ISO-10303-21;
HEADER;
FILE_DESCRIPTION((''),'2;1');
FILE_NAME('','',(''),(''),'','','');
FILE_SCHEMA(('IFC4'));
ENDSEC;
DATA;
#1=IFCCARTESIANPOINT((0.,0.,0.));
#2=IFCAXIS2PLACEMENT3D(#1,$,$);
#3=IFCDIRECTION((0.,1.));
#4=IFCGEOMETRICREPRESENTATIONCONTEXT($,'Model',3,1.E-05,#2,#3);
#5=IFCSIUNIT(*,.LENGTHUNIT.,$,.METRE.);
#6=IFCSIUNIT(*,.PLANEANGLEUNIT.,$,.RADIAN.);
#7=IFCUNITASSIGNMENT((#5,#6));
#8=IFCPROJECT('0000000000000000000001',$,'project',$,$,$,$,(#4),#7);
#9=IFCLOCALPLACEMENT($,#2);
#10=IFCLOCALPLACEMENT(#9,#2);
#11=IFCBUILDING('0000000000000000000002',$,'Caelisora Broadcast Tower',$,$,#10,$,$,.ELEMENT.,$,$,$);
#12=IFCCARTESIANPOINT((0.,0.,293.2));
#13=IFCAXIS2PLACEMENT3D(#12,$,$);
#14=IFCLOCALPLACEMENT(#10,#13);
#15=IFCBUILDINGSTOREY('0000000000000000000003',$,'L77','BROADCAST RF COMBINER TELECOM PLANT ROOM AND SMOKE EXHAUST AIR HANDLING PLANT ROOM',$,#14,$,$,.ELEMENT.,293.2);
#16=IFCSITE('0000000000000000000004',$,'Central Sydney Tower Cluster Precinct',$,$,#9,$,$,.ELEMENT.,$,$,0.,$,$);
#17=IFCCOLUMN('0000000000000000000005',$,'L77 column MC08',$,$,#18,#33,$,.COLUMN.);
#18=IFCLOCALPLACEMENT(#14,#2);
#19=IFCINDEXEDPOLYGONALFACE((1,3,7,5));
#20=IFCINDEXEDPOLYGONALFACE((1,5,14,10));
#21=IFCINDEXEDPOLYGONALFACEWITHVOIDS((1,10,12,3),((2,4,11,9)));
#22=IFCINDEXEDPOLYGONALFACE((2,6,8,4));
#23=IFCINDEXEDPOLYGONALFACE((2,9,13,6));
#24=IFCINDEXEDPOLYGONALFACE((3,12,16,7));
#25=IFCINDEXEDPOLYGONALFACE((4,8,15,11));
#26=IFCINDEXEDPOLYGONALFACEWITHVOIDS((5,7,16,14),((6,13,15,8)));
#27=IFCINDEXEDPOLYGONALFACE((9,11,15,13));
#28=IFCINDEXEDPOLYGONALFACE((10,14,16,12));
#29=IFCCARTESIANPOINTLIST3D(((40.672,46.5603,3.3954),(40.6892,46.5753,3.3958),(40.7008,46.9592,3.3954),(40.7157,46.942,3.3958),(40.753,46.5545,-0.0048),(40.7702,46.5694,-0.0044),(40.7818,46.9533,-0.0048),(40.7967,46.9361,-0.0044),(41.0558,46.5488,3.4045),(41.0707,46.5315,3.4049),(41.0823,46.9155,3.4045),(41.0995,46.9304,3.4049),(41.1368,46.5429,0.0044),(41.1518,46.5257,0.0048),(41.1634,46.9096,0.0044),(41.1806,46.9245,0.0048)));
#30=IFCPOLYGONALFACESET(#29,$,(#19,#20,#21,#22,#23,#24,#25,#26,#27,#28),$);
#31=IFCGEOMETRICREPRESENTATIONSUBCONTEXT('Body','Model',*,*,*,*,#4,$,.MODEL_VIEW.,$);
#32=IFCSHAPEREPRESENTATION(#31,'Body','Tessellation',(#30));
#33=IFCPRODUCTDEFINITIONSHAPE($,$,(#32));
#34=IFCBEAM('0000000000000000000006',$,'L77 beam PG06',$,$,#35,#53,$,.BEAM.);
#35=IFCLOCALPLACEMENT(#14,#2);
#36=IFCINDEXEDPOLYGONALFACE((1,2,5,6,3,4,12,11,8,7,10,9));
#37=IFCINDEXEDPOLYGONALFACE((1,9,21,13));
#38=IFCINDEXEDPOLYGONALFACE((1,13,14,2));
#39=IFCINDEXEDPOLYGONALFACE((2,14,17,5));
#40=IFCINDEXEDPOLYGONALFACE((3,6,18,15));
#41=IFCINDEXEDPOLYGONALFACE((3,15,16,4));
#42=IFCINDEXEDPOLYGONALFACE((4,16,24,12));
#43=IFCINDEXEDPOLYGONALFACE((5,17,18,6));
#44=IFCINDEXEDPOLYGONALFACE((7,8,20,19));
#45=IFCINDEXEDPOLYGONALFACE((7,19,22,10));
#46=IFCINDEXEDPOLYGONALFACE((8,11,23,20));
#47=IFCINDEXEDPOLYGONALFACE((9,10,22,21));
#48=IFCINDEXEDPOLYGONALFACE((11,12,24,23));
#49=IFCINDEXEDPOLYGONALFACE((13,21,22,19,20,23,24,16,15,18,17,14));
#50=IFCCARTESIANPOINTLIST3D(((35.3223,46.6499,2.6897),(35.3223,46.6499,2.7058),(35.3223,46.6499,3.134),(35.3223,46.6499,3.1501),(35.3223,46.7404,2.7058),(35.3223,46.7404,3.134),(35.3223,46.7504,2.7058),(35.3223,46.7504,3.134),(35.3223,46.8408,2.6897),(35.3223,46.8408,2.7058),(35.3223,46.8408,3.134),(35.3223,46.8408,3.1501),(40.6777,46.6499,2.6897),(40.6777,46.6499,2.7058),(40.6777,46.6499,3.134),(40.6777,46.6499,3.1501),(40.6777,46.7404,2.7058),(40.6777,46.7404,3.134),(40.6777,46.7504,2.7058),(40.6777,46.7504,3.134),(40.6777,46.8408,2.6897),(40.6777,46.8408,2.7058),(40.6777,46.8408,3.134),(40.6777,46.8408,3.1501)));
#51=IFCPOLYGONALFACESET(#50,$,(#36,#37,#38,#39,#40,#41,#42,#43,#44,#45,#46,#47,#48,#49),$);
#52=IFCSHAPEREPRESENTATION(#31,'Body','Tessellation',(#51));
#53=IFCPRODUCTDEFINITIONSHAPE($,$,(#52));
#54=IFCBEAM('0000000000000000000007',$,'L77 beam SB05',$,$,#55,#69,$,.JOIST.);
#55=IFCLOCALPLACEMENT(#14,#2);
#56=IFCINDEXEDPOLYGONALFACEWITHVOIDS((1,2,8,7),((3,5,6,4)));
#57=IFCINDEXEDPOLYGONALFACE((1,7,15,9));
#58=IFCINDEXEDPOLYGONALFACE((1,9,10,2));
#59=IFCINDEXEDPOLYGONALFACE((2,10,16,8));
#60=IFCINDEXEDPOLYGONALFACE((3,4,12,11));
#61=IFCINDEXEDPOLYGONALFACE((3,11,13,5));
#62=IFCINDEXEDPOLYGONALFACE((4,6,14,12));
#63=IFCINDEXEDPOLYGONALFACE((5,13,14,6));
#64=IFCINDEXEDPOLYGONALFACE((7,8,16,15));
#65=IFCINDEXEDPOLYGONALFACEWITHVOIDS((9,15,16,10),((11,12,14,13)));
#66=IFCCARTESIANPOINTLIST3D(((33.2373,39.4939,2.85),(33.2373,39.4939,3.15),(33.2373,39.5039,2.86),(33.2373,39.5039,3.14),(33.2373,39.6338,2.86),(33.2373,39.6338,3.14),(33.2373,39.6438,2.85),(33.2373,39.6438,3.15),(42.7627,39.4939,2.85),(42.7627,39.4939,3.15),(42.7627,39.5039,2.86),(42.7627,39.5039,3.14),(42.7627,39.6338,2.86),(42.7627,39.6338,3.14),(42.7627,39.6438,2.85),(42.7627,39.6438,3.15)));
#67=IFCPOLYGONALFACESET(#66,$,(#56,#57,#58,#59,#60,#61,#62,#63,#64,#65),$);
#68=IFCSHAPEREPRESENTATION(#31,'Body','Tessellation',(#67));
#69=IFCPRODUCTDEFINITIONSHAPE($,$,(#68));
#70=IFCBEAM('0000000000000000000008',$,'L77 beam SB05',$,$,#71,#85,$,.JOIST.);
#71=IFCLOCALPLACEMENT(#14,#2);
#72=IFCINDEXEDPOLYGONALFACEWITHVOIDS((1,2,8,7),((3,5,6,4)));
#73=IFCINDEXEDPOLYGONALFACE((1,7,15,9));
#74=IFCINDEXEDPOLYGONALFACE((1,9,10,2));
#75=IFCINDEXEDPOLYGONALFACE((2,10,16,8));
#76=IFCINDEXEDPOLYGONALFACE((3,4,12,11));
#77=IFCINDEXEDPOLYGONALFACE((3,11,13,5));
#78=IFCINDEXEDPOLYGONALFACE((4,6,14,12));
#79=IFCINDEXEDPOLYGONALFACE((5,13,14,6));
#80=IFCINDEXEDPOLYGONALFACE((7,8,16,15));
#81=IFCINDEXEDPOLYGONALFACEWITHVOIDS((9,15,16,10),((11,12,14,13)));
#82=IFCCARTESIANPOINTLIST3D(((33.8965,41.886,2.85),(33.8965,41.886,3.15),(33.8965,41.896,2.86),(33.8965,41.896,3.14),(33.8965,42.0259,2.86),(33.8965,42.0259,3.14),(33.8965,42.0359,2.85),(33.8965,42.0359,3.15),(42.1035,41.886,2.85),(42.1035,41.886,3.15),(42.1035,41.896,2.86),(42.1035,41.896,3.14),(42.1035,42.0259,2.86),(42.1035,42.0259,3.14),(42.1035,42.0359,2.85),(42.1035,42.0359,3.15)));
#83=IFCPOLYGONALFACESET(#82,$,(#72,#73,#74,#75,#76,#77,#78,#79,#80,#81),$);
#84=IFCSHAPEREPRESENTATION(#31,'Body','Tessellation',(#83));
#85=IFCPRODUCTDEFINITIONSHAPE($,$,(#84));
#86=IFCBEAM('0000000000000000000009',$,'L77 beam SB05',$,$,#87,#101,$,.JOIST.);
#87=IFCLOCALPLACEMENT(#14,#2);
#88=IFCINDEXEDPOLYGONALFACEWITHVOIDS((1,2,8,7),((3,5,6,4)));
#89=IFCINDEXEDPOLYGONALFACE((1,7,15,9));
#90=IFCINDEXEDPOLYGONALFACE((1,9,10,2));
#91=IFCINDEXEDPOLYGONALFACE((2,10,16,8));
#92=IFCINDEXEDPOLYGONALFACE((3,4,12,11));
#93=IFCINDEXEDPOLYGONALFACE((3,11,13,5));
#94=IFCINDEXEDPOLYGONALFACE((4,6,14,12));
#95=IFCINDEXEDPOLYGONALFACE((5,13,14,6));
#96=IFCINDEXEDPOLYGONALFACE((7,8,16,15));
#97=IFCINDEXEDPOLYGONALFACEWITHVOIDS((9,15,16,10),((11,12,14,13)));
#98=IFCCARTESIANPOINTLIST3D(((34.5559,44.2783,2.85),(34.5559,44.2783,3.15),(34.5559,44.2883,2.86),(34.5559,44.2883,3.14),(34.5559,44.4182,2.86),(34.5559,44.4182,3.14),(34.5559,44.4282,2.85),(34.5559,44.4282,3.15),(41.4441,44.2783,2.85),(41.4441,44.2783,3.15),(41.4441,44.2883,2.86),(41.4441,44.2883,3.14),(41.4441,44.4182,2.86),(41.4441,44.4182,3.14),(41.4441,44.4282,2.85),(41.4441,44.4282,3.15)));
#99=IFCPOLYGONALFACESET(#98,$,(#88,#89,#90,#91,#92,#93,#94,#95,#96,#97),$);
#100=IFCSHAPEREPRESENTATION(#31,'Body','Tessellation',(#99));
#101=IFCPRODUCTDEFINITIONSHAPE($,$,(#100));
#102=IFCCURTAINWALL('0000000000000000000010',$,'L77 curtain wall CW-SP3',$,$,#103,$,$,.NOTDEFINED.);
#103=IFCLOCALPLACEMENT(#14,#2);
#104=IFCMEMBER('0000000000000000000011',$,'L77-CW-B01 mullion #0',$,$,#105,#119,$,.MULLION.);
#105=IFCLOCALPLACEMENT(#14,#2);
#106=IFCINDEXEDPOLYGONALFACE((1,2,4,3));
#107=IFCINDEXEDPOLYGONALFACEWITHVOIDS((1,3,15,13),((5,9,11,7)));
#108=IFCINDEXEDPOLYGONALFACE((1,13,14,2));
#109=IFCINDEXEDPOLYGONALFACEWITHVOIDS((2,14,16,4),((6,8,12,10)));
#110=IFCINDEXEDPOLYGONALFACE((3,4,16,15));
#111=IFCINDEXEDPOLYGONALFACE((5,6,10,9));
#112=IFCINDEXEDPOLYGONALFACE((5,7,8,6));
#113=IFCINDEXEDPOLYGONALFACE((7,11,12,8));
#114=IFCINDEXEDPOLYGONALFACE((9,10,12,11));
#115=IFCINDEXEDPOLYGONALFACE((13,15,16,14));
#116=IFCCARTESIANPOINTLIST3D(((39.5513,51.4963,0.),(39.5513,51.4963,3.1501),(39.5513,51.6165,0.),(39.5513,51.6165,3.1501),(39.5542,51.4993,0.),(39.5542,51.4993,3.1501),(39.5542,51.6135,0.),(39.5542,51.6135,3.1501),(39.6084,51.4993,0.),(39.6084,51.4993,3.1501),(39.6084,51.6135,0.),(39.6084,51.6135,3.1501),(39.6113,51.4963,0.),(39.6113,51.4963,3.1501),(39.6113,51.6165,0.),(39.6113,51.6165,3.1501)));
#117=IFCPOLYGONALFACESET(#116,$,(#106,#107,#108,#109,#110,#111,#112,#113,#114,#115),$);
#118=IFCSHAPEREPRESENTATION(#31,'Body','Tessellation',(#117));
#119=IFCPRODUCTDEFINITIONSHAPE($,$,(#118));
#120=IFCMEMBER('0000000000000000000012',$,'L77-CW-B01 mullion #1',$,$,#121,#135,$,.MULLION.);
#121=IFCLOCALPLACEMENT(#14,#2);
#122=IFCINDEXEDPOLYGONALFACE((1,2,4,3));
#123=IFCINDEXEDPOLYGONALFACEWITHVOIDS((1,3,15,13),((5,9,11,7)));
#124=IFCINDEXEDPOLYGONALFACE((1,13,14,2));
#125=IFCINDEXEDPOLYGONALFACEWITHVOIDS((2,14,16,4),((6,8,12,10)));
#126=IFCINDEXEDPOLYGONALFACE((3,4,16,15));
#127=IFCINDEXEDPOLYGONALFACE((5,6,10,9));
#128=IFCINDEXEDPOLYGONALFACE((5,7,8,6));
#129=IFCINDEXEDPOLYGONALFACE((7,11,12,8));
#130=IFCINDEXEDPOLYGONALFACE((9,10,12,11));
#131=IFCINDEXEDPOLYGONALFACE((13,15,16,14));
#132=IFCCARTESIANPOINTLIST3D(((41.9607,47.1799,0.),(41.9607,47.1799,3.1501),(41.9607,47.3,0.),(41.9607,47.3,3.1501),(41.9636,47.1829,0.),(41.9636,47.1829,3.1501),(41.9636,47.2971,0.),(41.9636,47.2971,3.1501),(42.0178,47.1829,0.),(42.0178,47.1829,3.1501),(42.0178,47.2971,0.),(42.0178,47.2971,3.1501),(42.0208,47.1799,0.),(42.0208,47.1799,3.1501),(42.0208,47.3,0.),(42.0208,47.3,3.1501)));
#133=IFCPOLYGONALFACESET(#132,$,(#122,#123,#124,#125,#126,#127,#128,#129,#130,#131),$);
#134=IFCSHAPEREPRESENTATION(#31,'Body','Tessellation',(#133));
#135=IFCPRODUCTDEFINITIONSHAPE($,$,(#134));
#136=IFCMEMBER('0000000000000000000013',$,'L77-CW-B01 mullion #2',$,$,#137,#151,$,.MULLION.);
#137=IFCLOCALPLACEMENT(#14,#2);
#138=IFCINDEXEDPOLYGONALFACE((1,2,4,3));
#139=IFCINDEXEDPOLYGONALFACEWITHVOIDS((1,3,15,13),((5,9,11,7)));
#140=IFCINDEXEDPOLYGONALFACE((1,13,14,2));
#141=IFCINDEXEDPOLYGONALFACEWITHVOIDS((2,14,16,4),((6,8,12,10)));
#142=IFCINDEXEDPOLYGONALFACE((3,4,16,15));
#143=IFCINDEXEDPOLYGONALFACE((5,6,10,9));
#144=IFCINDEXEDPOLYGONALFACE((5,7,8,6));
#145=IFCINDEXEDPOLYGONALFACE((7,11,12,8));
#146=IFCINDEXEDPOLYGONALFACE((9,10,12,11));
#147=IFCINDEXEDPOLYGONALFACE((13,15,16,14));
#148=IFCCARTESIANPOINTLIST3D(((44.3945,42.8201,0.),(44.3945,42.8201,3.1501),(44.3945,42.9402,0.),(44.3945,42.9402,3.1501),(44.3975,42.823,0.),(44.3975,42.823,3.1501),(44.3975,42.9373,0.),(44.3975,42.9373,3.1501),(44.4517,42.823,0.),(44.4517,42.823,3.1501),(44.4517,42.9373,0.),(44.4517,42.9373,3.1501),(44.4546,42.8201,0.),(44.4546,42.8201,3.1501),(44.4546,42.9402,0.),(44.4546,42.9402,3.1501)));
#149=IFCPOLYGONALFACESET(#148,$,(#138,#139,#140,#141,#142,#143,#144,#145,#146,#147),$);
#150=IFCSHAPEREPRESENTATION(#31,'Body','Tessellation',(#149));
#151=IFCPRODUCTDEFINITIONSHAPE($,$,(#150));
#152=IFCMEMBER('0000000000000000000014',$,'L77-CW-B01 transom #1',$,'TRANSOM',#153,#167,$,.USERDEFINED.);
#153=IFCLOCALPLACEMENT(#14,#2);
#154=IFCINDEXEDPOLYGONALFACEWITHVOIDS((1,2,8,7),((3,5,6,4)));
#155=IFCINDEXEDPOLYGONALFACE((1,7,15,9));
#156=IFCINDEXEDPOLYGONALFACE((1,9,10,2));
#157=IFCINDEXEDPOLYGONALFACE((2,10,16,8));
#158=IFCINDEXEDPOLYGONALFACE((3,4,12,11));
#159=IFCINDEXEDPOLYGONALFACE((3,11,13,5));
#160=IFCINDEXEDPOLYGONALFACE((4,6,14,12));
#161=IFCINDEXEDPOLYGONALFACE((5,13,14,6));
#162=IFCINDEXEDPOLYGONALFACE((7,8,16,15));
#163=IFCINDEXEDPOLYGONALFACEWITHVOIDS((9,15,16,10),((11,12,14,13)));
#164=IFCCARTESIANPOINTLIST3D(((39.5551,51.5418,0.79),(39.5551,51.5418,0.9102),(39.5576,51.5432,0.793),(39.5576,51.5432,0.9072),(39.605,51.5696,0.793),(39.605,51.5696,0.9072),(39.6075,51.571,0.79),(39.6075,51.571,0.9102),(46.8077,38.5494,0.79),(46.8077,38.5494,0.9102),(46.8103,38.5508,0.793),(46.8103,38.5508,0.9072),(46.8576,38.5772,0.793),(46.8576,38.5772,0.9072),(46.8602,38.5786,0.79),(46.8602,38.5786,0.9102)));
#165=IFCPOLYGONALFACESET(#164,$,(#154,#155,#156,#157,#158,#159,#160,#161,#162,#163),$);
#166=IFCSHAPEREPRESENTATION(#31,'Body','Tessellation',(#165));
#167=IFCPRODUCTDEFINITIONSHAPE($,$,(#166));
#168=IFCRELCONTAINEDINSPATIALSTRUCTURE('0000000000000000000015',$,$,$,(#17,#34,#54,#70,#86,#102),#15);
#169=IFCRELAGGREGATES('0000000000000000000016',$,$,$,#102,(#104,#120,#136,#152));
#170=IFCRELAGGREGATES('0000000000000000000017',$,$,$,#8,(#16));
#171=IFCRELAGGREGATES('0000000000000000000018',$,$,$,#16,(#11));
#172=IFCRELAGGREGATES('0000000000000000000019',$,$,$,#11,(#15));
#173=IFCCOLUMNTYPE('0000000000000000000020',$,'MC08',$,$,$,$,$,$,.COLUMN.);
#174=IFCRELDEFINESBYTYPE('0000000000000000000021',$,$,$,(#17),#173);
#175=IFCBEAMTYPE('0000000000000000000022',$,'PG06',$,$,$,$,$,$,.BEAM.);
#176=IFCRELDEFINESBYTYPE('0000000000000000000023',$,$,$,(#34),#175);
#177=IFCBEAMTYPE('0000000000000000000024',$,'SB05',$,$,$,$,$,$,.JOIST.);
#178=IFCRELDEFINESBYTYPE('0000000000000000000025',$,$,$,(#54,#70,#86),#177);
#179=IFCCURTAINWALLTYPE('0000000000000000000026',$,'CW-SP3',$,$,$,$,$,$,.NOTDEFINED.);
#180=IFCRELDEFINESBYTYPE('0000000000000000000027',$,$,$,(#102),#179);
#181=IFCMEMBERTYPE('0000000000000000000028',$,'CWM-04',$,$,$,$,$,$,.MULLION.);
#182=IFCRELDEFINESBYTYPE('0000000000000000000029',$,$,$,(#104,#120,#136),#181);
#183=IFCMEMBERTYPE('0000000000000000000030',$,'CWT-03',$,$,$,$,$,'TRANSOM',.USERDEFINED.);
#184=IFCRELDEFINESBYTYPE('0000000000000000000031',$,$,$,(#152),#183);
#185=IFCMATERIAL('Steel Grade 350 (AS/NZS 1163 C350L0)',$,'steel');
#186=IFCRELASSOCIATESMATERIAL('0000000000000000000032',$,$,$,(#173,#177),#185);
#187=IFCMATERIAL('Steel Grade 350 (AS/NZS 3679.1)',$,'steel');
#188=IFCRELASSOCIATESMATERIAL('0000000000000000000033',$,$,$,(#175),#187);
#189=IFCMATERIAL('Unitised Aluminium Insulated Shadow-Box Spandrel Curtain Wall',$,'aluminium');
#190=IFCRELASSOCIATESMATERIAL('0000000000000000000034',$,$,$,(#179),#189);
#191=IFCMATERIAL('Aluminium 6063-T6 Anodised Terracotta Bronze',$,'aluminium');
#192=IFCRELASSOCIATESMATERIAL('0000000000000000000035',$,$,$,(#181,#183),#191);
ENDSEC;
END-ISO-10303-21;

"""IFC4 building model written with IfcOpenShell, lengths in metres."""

from ifc_helpers import new_model, si_unit, direction, frame, origin, origin_2d, place, context, subcontext, project, spatial, hollow_rectangle, i_section, extrude, source, transform, mapped, material, material_profile, profile_set, type_object, type_shapes, element, aggregate, save


model = new_model("IFC4")

# Units and contexts
model_context = context("Model", 3, precision=1e-05, world=origin(), true_north=direction((0.0, 1.0)))
body_context = subcontext(model_context, "Body", "Model", "MODEL_VIEW")
ifc_project = project(units=[si_unit("LENGTHUNIT", "METRE"), si_unit("PLANEANGLEUNIT", "RADIAN")], contexts=[model_context])

# Site, building, storey
site_placement = place(None, origin())
site = spatial("IfcSite", under=ifc_project, at=site_placement, Name="Central Sydney Tower Cluster Precinct", CompositionType="ELEMENT", RefElevation=0.0)
building_placement = place(site_placement, origin())
building = spatial("IfcBuilding", under=site, at=building_placement, Name="Caelisora Broadcast Tower", CompositionType="ELEMENT")
storey_placement = place(building_placement, frame((0.0, 0.0, 293.2)))
storey = spatial("IfcBuildingStorey", under=building, at=storey_placement, Name="L77", Description="BROADCAST RF COMBINER TELECOM PLANT ROOM AND SMOKE EXHAUST AIR HANDLING PLANT ROOM", CompositionType="ELEMENT", Elevation=293.2)

# Column
ifc_material_1 = material(Name="Steel Grade 350 (AS/NZS 1163 C350L0)", Category="steel")
ifc_material_profile_1 = material_profile(ifc_material_1, hollow_rectangle(XDim=0.3999, YDim=0.3999, WallThickness=0.0161, at=origin_2d()), Name="Steel Grade 350 (AS/NZS 1163 C350L0)")
ifc_profile_set_1 = profile_set([ifc_material_profile_1], Name="Steel Grade 350 (AS/NZS 1163 C350L0)")
column_type = type_object("IfcColumnType", Name="MC08", PredefinedType="COLUMN", material=ifc_profile_set_1)
shared_shape_1 = source(origin(), body_context, "Body", "SweptSolid", [
    extrude(hollow_rectangle(XDim=0.3999, YDim=0.3999, WallThickness=0.0161, at=origin_2d()), origin(), (0.0, 0.0, 1.0), 3.4011),
])
type_shapes(column_type, [shared_shape_1])
column_placement = place(storey_placement, frame((40.9668, 46.7395, 0.0), z_axis=(-0.023832, 0.001723, 0.999714), x_axis=(-0.072101, -0.997397, 0.0)))
element("IfcColumn", 1, at=column_placement, inside=storey, type_object=column_type, Name="L77 column MC08", PredefinedType="COLUMN", context=body_context, shape_type="MappedRepresentation", body=[
    mapped(shared_shape_1, transform((0.0, 0.0, 0.0), scale=1.0)),
])

# Beams
ifc_material_2 = material(Name="Steel Grade 350 (AS/NZS 3679.1)", Category="steel")
ifc_material_profile_2 = material_profile(ifc_material_2, i_section(OverallWidth=0.1909, OverallDepth=0.4604, WebThickness=0.01, FlangeThickness=0.0161, at=origin_2d()), Name="Steel Grade 350 (AS/NZS 3679.1)")
ifc_profile_set_2 = profile_set([ifc_material_profile_2], Name="Steel Grade 350 (AS/NZS 3679.1)")
beam_type_1 = type_object("IfcBeamType", Name="PG06", PredefinedType="BEAM", material=ifc_profile_set_2)
shared_shape_2 = source(origin(), body_context, "Body", "SweptSolid", [
    extrude(i_section(OverallWidth=0.1909, OverallDepth=0.4604, WebThickness=0.01, FlangeThickness=0.0161, at=origin_2d()), origin(), (0.0, 0.0, 1.0), 5.3555),
])
type_shapes(beam_type_1, [shared_shape_2])
beam_1_placement = place(storey_placement, frame((40.6777, 46.7454, 2.9199), z_axis=(-1.0, 0.0, 0.0), x_axis=(0.0, -1.0, 0.0)))
element("IfcBeam", 2, at=beam_1_placement, inside=storey, type_object=beam_type_1, Name="L77 beam PG06", PredefinedType="BEAM", context=body_context, shape_type="MappedRepresentation", body=[
    mapped(shared_shape_2, transform((0.0, 0.0, 0.0), scale=1.0)),
])
ifc_material_profile_3 = material_profile(ifc_material_1, hollow_rectangle(XDim=0.1499, YDim=0.3, WallThickness=0.01, at=origin_2d()), Name="Steel Grade 350 (AS/NZS 1163 C350L0)")
ifc_profile_set_3 = profile_set([ifc_material_profile_3], Name="Steel Grade 350 (AS/NZS 1163 C350L0)")
beam_type_2 = type_object("IfcBeamType", Name="SB05", PredefinedType="JOIST", material=ifc_profile_set_3)
shared_shape_3 = source(origin(), body_context, "Body", "SweptSolid", [
    extrude(hollow_rectangle(XDim=0.1499, YDim=0.3, WallThickness=0.01, at=origin_2d()), origin(), (0.0, 0.0, 1.0), 9.5254),
])
beam_2_placement = place(storey_placement, frame((42.7627, 39.5688, 3.0), z_axis=(-1.0, 0.0, 0.0), x_axis=(0.0, -1.0, 0.0)))
element("IfcBeam", 3, at=beam_2_placement, inside=storey, type_object=beam_type_2, Name="L77 beam SB05", PredefinedType="JOIST", context=body_context, shape_type="MappedRepresentation", body=[
    mapped(shared_shape_3, transform((0.0, 0.0, 0.0), scale=1.0)),
])
shared_shape_4 = source(origin(), body_context, "Body", "SweptSolid", [
    extrude(hollow_rectangle(XDim=0.1499, YDim=0.3, WallThickness=0.01, at=origin_2d()), origin(), (0.0, 0.0, 1.0), 8.207),
])
beam_3_placement = place(storey_placement, frame((42.1035, 41.9609, 3.0), z_axis=(-1.0, 0.0, 0.0), x_axis=(0.0, -1.0, 0.0)))
element("IfcBeam", 4, at=beam_3_placement, inside=storey, type_object=beam_type_2, Name="L77 beam SB05", PredefinedType="JOIST", context=body_context, shape_type="MappedRepresentation", body=[
    mapped(shared_shape_4, transform((0.0, 0.0, 0.0), scale=1.0)),
])
shared_shape_5 = source(origin(), body_context, "Body", "SweptSolid", [
    extrude(hollow_rectangle(XDim=0.1499, YDim=0.3, WallThickness=0.01, at=origin_2d()), origin(), (0.0, 0.0, 1.0), 6.8882),
])
type_shapes(beam_type_2, [shared_shape_3, shared_shape_4, shared_shape_5])
beam_4_placement = place(storey_placement, frame((41.4441, 44.3533, 3.0), z_axis=(-1.0, 0.0, 0.0), x_axis=(0.0, -1.0, 0.0)))
element("IfcBeam", 5, at=beam_4_placement, inside=storey, type_object=beam_type_2, Name="L77 beam SB05", PredefinedType="JOIST", context=body_context, shape_type="MappedRepresentation", body=[
    mapped(shared_shape_5, transform((0.0, 0.0, 0.0), scale=1.0)),
])

# Curtain wall, members
ifc_material_3 = material(Name="Unitised Aluminium Insulated Shadow-Box Spandrel Curtain Wall", Category="aluminium")
curtain_wall_type = type_object("IfcCurtainWallType", Name="CW-SP3", PredefinedType="NOTDEFINED", material=ifc_material_3)
curtain_wall_placement = place(storey_placement, origin())
curtain_wall = element("IfcCurtainWall", 6, at=curtain_wall_placement, inside=storey, type_object=curtain_wall_type, Name="L77 curtain wall CW-SP3", PredefinedType="NOTDEFINED")
ifc_material_4 = material(Name="Aluminium 6063-T6 Anodised Terracotta Bronze", Category="aluminium")
ifc_material_profile_4 = material_profile(ifc_material_4, hollow_rectangle(XDim=0.0601, YDim=0.1201, WallThickness=0.0029, at=origin_2d()), Name="Aluminium 6063-T6 Anodised Terracotta Bronze")
ifc_profile_set_4 = profile_set([ifc_material_profile_4], Name="Aluminium 6063-T6 Anodised Terracotta Bronze")
member_type_1 = type_object("IfcMemberType", Name="CWM-04", PredefinedType="MULLION", material=ifc_profile_set_4)
shared_shape_6 = source(origin(), body_context, "Body", "SweptSolid", [
    extrude(hollow_rectangle(XDim=0.0601, YDim=0.1201, WallThickness=0.0029, at=origin_2d()), origin(), (0.0, 0.0, 1.0), 3.1501),
])
type_shapes(member_type_1, [shared_shape_6])
member_1_placement = place(storey_placement, frame((39.5813, 51.5564, 0.0), z_axis=(0.0, 0.0, 1.0), x_axis=(1.0, 0.0, 0.0)))
member_1 = element("IfcMember", 7, at=member_1_placement, type_object=member_type_1, Name="L77-CW-B01 mullion #0", PredefinedType="MULLION", context=body_context, shape_type="MappedRepresentation", body=[
    mapped(shared_shape_6, transform((0.0, 0.0, 0.0), scale=1.0)),
])
member_2_placement = place(storey_placement, frame((41.9907, 47.24, 0.0), z_axis=(0.0, 0.0, 1.0), x_axis=(1.0, 0.0, 0.0)))
member_2 = element("IfcMember", 8, at=member_2_placement, type_object=member_type_1, Name="L77-CW-B01 mullion #1", PredefinedType="MULLION", context=body_context, shape_type="MappedRepresentation", body=[
    mapped(shared_shape_6, transform((0.0, 0.0, 0.0), scale=1.0)),
])
member_3_placement = place(storey_placement, frame((44.4246, 42.8801, 0.0), z_axis=(0.0, 0.0, 1.0), x_axis=(1.0, 0.0, 0.0)))
member_3 = element("IfcMember", 9, at=member_3_placement, type_object=member_type_1, Name="L77-CW-B01 mullion #2", PredefinedType="MULLION", context=body_context, shape_type="MappedRepresentation", body=[
    mapped(shared_shape_6, transform((0.0, 0.0, 0.0), scale=1.0)),
])
ifc_material_profile_5 = material_profile(ifc_material_4, hollow_rectangle(XDim=0.0601, YDim=0.1201, WallThickness=0.0029, at=origin_2d()), Name="Aluminium 6063-T6 Anodised Terracotta Bronze")
ifc_profile_set_5 = profile_set([ifc_material_profile_5], Name="Aluminium 6063-T6 Anodised Terracotta Bronze")
member_type_2 = type_object("IfcMemberType", Name="CWT-03", ElementType="TRANSOM", PredefinedType="USERDEFINED", material=ifc_profile_set_5)
shared_shape_7 = source(origin(), body_context, "Body", "SweptSolid", [
    extrude(hollow_rectangle(XDim=0.0601, YDim=0.1201, WallThickness=0.0029, at=origin_2d()), origin(), (0.0, 0.0, 1.0), 14.8796),
])
type_shapes(member_type_2, [shared_shape_7])
member_4_placement = place(storey_placement, frame((39.5813, 51.5564, 0.8501), z_axis=(0.487422, -0.873166, 0.0), x_axis=(0.873166, 0.487422, 0.0)))
member_4 = element("IfcMember", 10, at=member_4_placement, type_object=member_type_2, Name="L77-CW-B01 transom #1", ObjectType="TRANSOM", PredefinedType="USERDEFINED", context=body_context, shape_type="MappedRepresentation", body=[
    mapped(shared_shape_7, transform((0.0, 0.0, 0.0), scale=1.0)),
])

aggregate(curtain_wall, [member_1, member_2, member_3, member_4])

save(model, "model.ifc")
